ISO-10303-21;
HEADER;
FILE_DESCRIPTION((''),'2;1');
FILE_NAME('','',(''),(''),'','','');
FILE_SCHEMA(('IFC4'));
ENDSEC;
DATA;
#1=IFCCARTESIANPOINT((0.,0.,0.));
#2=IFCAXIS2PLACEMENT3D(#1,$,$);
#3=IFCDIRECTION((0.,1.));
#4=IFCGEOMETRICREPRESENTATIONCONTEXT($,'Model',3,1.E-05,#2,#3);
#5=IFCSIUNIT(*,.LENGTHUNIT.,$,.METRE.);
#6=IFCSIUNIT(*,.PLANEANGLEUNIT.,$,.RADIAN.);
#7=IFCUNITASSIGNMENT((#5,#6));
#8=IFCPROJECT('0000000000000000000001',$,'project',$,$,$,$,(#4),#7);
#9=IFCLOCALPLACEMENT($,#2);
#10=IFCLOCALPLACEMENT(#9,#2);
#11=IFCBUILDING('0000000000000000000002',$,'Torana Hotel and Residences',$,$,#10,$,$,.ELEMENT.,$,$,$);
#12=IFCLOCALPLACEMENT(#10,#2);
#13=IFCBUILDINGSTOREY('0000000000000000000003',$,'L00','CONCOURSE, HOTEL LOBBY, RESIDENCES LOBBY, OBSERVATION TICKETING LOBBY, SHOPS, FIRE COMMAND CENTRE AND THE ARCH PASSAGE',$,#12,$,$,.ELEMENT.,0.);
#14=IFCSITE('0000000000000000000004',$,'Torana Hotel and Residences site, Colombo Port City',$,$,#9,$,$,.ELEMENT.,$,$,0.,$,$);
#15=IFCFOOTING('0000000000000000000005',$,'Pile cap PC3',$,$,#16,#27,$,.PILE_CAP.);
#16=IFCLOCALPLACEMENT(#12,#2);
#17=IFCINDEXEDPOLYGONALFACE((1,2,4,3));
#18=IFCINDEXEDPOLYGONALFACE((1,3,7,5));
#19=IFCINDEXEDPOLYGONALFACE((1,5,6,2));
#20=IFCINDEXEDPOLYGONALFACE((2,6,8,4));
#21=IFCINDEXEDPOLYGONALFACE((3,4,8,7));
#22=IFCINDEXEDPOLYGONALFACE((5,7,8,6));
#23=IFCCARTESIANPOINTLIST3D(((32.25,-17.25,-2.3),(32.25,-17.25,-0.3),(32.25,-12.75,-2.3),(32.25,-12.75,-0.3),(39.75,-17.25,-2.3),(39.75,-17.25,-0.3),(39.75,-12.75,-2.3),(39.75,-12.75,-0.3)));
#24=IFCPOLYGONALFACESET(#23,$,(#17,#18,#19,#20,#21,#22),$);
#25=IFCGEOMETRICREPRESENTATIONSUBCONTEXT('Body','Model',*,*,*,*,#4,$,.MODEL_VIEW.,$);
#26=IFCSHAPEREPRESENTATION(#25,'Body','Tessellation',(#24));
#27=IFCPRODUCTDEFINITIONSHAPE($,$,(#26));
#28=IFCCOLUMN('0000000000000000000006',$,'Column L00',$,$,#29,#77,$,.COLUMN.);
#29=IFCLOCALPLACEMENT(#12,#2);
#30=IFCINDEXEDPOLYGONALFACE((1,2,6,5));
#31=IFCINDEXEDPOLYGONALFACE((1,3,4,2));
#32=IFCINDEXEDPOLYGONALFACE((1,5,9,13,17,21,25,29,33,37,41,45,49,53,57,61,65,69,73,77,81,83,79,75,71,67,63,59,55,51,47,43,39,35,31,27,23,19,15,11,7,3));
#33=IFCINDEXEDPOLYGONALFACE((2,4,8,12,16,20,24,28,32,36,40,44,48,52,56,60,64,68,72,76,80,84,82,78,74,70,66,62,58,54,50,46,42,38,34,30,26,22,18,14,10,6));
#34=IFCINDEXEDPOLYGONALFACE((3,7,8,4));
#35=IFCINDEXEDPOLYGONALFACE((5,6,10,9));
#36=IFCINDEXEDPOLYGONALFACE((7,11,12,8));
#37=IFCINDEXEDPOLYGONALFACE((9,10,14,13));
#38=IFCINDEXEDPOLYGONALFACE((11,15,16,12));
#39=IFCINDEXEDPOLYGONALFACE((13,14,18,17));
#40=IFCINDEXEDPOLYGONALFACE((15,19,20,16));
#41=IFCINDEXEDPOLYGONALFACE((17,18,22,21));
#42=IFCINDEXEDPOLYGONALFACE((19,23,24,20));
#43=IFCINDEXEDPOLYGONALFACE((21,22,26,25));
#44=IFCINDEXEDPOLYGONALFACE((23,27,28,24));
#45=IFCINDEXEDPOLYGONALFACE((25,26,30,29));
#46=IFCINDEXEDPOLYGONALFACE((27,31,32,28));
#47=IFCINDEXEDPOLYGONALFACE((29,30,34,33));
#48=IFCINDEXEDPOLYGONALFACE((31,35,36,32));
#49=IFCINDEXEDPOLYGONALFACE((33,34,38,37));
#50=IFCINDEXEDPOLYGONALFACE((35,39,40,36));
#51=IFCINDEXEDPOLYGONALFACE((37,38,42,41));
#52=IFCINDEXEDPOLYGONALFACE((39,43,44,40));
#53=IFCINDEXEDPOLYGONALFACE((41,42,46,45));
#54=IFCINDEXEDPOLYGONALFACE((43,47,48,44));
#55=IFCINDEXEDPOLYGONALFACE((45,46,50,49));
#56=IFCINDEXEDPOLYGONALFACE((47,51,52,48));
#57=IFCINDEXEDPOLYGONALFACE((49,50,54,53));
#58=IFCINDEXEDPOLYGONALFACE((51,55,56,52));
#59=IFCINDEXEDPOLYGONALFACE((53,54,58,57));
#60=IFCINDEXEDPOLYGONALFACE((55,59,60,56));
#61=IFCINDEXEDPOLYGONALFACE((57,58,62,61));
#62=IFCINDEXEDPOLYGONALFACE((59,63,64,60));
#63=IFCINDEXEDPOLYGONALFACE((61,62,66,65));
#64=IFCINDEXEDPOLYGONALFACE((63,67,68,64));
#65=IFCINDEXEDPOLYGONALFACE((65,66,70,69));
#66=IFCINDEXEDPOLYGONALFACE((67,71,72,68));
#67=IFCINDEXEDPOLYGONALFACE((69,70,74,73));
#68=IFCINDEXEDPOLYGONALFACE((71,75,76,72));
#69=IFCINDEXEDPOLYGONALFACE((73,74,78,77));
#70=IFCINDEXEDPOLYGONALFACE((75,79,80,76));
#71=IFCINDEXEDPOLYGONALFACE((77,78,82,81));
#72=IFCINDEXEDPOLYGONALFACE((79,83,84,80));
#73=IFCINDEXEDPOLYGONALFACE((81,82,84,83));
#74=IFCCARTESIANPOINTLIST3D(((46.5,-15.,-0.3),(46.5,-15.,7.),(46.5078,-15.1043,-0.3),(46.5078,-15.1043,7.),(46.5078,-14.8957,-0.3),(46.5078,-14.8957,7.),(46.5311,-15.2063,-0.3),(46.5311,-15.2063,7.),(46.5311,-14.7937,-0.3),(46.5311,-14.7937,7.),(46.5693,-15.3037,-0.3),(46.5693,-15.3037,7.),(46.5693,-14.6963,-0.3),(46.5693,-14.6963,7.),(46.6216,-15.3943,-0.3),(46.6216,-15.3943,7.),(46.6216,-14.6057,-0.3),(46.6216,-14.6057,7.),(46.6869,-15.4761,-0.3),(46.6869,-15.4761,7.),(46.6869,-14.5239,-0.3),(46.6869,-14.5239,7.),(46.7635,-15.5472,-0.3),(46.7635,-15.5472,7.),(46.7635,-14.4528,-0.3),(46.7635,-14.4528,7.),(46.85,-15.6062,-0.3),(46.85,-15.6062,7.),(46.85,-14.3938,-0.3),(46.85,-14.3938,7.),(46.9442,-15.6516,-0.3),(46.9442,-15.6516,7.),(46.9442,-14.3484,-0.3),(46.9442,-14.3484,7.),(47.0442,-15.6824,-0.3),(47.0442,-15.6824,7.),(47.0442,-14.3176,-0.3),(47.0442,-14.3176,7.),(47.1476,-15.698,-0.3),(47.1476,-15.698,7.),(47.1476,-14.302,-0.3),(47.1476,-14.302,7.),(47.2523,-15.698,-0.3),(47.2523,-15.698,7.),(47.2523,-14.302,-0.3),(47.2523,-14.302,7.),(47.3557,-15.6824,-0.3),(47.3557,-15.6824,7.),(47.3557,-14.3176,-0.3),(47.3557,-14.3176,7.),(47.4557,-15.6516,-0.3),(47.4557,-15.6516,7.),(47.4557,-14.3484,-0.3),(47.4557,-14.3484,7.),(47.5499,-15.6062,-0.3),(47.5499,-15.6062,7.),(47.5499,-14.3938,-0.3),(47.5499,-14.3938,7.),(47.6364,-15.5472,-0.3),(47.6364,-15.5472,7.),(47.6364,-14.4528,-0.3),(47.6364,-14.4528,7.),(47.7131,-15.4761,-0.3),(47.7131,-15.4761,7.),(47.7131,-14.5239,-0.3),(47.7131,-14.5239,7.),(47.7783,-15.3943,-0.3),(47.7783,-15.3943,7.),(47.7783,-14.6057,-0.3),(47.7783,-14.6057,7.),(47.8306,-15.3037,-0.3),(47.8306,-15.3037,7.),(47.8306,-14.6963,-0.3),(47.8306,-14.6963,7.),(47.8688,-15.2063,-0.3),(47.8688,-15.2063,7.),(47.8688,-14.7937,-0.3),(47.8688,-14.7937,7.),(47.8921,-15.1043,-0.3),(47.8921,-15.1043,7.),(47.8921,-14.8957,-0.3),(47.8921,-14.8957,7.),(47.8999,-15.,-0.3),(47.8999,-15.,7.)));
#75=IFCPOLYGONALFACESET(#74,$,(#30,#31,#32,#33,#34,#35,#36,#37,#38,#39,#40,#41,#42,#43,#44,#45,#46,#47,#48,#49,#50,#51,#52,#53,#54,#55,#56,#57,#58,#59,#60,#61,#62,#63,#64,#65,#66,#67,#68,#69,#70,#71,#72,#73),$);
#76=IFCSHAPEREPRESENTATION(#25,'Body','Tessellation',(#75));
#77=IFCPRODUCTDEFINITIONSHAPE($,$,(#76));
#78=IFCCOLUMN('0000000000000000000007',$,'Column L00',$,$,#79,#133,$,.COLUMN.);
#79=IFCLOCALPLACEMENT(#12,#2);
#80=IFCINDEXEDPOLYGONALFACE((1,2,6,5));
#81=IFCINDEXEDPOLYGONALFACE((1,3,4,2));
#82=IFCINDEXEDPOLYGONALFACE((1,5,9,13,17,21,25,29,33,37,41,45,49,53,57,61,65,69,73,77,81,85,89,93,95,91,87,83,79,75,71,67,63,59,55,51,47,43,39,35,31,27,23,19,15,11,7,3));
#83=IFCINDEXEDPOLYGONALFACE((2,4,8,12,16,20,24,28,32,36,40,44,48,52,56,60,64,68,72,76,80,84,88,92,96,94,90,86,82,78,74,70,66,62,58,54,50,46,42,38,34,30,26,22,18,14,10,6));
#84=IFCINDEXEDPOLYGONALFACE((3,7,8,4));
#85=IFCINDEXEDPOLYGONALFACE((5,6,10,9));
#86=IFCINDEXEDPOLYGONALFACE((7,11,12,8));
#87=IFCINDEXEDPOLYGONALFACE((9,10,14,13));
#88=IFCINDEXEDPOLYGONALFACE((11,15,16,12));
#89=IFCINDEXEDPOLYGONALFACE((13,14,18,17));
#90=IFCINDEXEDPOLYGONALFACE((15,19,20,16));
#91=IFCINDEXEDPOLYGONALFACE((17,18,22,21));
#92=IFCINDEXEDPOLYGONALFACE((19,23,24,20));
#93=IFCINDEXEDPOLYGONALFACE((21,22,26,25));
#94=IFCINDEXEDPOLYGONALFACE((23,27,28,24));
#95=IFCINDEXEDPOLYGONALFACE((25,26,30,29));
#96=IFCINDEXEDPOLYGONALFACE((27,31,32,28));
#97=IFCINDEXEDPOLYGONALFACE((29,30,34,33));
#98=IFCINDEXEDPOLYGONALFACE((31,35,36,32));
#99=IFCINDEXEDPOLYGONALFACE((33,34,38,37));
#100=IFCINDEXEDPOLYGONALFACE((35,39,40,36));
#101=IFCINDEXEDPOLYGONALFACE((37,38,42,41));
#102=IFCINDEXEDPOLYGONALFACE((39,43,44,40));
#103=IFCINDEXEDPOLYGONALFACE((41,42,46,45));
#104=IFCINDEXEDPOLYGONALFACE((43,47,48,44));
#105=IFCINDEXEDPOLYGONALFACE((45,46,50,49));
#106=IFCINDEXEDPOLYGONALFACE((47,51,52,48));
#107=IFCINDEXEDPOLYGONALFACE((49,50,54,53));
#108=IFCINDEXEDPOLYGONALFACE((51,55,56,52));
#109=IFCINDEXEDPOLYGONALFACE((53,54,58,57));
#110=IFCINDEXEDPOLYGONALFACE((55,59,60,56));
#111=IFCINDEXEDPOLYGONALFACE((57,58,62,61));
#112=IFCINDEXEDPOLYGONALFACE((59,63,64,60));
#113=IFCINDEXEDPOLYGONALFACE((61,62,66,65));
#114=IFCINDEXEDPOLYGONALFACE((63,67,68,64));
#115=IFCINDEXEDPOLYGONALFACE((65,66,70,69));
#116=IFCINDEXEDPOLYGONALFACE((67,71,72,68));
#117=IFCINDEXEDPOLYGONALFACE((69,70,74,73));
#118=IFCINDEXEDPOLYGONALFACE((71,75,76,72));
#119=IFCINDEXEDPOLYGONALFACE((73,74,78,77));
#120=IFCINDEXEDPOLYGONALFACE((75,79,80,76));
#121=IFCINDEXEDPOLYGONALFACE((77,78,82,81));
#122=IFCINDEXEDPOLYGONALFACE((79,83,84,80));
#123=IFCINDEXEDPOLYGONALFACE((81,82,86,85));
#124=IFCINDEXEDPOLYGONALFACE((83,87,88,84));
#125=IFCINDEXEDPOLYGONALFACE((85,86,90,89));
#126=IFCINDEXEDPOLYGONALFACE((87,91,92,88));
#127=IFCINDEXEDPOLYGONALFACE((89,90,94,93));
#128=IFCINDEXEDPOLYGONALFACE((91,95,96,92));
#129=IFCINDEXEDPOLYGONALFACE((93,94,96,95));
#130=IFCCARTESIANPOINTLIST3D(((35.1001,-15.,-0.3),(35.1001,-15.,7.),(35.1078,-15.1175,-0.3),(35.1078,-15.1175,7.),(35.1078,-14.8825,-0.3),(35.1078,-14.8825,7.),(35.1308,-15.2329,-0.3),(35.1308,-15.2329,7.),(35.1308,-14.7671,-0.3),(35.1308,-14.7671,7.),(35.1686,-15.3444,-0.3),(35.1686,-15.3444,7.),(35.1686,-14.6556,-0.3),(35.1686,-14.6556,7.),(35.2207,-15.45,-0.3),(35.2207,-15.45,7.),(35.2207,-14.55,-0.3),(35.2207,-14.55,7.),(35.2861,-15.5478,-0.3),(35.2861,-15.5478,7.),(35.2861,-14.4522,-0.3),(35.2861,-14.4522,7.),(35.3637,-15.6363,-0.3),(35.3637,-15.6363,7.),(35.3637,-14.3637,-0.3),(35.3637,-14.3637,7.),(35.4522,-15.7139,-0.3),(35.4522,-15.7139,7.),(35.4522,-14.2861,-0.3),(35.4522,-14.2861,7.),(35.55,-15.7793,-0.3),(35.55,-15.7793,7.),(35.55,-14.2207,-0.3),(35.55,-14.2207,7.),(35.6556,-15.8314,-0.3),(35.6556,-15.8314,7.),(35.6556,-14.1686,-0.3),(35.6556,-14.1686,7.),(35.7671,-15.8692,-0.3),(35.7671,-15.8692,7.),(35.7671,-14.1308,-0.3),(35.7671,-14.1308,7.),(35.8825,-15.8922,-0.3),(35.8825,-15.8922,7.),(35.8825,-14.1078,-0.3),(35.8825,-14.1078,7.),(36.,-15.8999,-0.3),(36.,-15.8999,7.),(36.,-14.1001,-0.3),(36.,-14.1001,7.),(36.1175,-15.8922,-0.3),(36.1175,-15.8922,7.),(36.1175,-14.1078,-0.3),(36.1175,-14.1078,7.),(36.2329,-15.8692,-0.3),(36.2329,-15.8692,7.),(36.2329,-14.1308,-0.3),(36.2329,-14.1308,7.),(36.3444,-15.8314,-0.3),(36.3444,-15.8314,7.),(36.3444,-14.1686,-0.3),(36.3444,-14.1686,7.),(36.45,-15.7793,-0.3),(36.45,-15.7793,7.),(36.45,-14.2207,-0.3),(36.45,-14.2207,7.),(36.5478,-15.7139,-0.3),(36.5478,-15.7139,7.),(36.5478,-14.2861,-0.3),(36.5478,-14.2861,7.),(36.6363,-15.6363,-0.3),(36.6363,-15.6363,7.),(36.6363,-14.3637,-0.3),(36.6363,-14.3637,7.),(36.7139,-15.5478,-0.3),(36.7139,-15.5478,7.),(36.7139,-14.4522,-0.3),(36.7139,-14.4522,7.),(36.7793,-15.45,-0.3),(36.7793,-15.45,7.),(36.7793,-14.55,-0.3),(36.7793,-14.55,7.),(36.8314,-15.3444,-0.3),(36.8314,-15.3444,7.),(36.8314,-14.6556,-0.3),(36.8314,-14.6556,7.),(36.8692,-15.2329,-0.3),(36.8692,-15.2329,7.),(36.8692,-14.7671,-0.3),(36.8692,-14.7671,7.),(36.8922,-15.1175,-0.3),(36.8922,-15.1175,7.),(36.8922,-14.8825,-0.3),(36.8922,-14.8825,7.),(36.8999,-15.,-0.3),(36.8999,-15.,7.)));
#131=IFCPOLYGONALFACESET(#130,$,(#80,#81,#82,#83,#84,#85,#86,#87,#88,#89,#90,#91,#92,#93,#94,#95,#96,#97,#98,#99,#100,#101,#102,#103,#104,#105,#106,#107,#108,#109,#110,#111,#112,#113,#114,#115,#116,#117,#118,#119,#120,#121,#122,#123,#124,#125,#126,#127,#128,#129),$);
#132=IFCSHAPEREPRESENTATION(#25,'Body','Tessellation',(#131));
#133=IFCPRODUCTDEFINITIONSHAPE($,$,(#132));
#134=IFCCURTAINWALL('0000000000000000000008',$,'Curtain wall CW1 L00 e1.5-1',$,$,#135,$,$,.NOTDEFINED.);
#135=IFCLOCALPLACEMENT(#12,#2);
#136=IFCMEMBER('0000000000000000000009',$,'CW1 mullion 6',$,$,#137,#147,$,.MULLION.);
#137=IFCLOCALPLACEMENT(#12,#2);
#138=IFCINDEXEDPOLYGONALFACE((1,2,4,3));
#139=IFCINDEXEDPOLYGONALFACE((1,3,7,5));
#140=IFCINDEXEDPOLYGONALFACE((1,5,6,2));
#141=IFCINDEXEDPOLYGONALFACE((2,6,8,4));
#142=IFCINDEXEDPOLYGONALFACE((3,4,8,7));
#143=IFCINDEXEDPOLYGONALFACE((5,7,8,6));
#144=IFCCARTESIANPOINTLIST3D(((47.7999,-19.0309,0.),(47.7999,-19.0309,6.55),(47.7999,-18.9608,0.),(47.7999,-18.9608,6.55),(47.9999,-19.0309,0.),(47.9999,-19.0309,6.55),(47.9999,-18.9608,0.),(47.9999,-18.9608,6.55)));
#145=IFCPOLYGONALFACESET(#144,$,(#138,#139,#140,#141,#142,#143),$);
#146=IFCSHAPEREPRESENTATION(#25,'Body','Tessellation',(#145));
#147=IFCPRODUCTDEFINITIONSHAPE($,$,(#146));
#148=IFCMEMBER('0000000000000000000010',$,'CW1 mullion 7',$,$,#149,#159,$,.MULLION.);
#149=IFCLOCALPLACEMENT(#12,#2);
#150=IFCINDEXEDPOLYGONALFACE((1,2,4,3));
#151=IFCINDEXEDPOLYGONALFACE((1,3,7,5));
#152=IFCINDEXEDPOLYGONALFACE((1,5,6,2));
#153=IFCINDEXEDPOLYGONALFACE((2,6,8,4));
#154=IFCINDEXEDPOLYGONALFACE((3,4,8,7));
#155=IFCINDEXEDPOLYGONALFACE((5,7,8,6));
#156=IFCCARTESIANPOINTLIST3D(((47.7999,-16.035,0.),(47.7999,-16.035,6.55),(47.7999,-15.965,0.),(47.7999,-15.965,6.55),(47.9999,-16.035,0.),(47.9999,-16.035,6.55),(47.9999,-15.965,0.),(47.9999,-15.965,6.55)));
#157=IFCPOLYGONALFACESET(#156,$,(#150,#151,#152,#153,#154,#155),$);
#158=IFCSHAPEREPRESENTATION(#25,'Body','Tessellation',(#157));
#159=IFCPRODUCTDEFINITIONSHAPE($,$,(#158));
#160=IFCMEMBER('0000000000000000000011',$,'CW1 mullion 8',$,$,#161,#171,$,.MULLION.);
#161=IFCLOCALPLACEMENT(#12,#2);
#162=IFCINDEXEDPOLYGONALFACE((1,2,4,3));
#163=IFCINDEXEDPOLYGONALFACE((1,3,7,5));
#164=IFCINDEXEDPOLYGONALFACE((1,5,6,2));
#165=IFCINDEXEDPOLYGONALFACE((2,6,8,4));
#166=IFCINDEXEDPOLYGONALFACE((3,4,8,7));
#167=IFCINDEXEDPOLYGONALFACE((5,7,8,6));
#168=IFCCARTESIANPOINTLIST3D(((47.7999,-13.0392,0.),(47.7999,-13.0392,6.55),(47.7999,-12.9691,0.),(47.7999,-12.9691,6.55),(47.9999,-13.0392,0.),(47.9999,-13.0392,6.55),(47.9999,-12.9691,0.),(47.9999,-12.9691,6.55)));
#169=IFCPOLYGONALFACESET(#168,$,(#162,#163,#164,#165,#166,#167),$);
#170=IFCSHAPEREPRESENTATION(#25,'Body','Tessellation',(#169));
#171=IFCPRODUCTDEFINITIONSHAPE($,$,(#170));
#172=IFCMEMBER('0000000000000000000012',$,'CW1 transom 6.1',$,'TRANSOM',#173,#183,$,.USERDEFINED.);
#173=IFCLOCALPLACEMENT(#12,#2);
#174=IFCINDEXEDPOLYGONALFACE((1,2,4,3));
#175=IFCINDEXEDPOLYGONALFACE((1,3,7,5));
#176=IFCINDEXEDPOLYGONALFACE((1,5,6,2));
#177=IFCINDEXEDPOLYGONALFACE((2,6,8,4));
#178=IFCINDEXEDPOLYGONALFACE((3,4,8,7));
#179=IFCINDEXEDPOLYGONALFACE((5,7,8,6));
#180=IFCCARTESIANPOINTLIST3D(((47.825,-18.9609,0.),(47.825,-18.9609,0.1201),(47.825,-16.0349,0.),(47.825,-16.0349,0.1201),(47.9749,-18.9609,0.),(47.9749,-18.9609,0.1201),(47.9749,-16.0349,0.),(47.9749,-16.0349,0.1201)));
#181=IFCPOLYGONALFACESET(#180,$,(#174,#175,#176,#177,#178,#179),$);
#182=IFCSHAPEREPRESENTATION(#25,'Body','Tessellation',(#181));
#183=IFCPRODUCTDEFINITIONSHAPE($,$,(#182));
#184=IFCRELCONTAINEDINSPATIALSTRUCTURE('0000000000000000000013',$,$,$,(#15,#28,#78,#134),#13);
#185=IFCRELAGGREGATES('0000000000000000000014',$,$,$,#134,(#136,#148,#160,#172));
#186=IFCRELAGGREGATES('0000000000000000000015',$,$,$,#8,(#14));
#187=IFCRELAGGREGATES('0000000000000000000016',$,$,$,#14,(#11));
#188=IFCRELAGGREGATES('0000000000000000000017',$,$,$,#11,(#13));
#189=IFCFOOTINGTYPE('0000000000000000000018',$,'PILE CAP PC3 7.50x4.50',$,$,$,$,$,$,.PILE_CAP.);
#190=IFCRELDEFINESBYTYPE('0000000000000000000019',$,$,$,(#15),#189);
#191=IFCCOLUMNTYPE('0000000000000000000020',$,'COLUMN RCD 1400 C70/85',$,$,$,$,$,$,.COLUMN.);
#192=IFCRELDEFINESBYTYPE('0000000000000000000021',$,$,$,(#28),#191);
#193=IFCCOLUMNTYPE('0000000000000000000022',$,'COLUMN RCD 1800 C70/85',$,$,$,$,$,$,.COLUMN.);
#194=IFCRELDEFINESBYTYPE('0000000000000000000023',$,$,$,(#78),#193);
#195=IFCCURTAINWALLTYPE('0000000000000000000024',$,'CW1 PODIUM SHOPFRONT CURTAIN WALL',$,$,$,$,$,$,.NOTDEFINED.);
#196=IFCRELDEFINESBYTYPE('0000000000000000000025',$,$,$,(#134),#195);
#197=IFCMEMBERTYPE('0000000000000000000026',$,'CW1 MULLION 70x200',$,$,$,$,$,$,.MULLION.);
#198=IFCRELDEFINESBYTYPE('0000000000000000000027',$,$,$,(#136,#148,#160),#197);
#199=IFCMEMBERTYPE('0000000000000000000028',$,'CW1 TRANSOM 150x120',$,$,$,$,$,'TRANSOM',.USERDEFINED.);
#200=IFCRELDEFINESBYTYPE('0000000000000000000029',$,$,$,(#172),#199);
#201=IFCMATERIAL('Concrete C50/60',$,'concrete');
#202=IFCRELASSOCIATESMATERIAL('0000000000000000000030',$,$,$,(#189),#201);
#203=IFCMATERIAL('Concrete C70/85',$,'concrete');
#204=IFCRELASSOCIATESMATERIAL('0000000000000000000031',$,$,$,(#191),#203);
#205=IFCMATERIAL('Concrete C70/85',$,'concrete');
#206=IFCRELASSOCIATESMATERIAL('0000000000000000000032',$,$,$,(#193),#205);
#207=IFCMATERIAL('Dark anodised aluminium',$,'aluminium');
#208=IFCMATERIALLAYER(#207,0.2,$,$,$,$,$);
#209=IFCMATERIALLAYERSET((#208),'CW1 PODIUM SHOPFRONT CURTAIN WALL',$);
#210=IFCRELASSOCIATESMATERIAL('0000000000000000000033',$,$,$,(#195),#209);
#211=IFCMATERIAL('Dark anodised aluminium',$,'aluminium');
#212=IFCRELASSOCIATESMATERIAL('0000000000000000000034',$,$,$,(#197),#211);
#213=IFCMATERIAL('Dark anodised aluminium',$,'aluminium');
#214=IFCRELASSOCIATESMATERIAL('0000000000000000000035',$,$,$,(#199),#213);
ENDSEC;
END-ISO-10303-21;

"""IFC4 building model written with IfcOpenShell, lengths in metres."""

from ifc_helpers import new_model, si_unit, direction, frame, origin, origin_2d, place, context, subcontext, project, spatial, rectangle, circle, extrude, material, layer, layer_set, material_profile, profile_set, type_object, element, aggregate, save


model = new_model("IFC4")

# Units and contexts
model_context = context("Model", 3, precision=1e-05, world=origin(), true_north=direction((0.0, 1.0)))
body_context = subcontext(model_context, "Body", "Model", "MODEL_VIEW")
ifc_project = project(units=[si_unit("LENGTHUNIT", "METRE"), si_unit("PLANEANGLEUNIT", "RADIAN")], contexts=[model_context])

# Site, building, storey
site_placement = place(None, origin())
site = spatial("IfcSite", under=ifc_project, at=site_placement, Name="Torana Hotel and Residences site, Colombo Port City", CompositionType="ELEMENT", RefElevation=0.0)
building_placement = place(site_placement, origin())
building = spatial("IfcBuilding", under=site, at=building_placement, Name="Torana Hotel and Residences", CompositionType="ELEMENT")
storey_placement = place(building_placement, origin())
storey = spatial("IfcBuildingStorey", under=building, at=storey_placement, Name="L00", Description="CONCOURSE, HOTEL LOBBY, RESIDENCES LOBBY, OBSERVATION TICKETING LOBBY, SHOPS, FIRE COMMAND CENTRE AND THE ARCH PASSAGE", CompositionType="ELEMENT", Elevation=0.0)

# Footing
ifc_material_1 = material(Name="Concrete C50/60", Category="concrete")
footing_type_1 = type_object("IfcFootingType", Name="PILE CAP PC3 7.50x4.50", PredefinedType="PILE_CAP", material=ifc_material_1)
footing_1_placement = place(storey_placement, frame((36.0, -15.0, -2.3), z_axis=(0.0, 0.0, 1.0), x_axis=(1.0, 0.0, 0.0)))
element("IfcFooting", 1, at=footing_1_placement, inside=storey, type_object=footing_type_1, Name="Pile cap PC3", PredefinedType="PILE_CAP", context=body_context, shape_type="SweptSolid", body=[
    extrude(rectangle(XDim=7.5, YDim=4.5, at=origin_2d()), origin(), (0.0, 0.0, 1.0), 2.0),
])

# Columns
ifc_material_2 = material(Name="Concrete C70/85", Category="concrete")
ifc_material_profile_1 = material_profile(ifc_material_2, circle(Radius=0.7, at=origin_2d()), Name="RCD 1400")
ifc_profile_set_1 = profile_set([ifc_material_profile_1], Name="Concrete C70/85")
column_type_1 = type_object("IfcColumnType", Name="COLUMN RCD 1400 C70/85", PredefinedType="COLUMN", material=ifc_profile_set_1)
column_1_placement = place(storey_placement, frame((47.2, -15.0, -0.3), z_axis=(0.0, 0.0, 1.0), x_axis=(1.0, 0.0, 0.0)))
element("IfcColumn", 2, at=column_1_placement, inside=storey, type_object=column_type_1, Name="Column L00", PredefinedType="COLUMN", context=body_context, shape_type="SweptSolid", body=[
    extrude(circle(Radius=0.7, at=origin_2d()), origin(), (0.0, 0.0, 1.0), 7.3),
])
ifc_material_3 = material(Name="Concrete C70/85", Category="concrete")
ifc_material_profile_2 = material_profile(ifc_material_3, circle(Radius=0.8999, at=origin_2d()), Name="RCD 1800")
ifc_profile_set_2 = profile_set([ifc_material_profile_2], Name="Concrete C70/85")
column_type_2 = type_object("IfcColumnType", Name="COLUMN RCD 1800 C70/85", PredefinedType="COLUMN", material=ifc_profile_set_2)
column_2_placement = place(storey_placement, frame((36.0, -15.0, -0.3), z_axis=(0.0, 0.0, 1.0), x_axis=(1.0, 0.0, 0.0)))
element("IfcColumn", 3, at=column_2_placement, inside=storey, type_object=column_type_2, Name="Column L00", PredefinedType="COLUMN", context=body_context, shape_type="SweptSolid", body=[
    extrude(circle(Radius=0.8999, at=origin_2d()), origin(), (0.0, 0.0, 1.0), 7.3),
])

# Curtain wall, members
ifc_material_4 = material(Name="Dark anodised aluminium", Category="aluminium")
ifc_layer_1 = layer(ifc_material_4, 0.2)
ifc_layer_set_1 = layer_set([ifc_layer_1], Name="CW1 PODIUM SHOPFRONT CURTAIN WALL")
curtain_wall_type = type_object("IfcCurtainWallType", Name="CW1 PODIUM SHOPFRONT CURTAIN WALL", PredefinedType="NOTDEFINED", material=ifc_layer_set_1)
curtain_wall_placement = place(storey_placement, origin())
curtain_wall = element("IfcCurtainWall", 4, at=curtain_wall_placement, inside=storey, type_object=curtain_wall_type, Name="Curtain wall CW1 L00 e1.5-1", PredefinedType="NOTDEFINED")
ifc_material_5 = material(Name="Dark anodised aluminium", Category="aluminium")
ifc_material_profile_3 = material_profile(ifc_material_5, rectangle(XDim=0.2, YDim=0.0701, at=origin_2d()), Name="CW1 MULLION 70x200")
ifc_profile_set_3 = profile_set([ifc_material_profile_3], Name="Dark anodised aluminium")
member_type_1 = type_object("IfcMemberType", Name="CW1 MULLION 70x200", PredefinedType="MULLION", material=ifc_profile_set_3)
member_1_placement = place(storey_placement, frame((47.8999, -18.9958, 0.0), z_axis=(0.0, 0.0, 1.0), x_axis=(-1.0, 0.0, 0.0)))
member_1 = element("IfcMember", 5, at=member_1_placement, type_object=member_type_1, Name="CW1 mullion 6", PredefinedType="MULLION", context=body_context, shape_type="SweptSolid", body=[
    extrude(rectangle(XDim=0.2, YDim=0.0701, at=origin_2d()), origin(), (0.0, 0.0, 1.0), 6.55),
])
member_2_placement = place(storey_placement, frame((47.8999, -16.0, 0.0), z_axis=(0.0, 0.0, 1.0), x_axis=(-1.0, 0.0, 0.0)))
member_2 = element("IfcMember", 6, at=member_2_placement, type_object=member_type_1, Name="CW1 mullion 7", PredefinedType="MULLION", context=body_context, shape_type="SweptSolid", body=[
    extrude(rectangle(XDim=0.2, YDim=0.0701, at=origin_2d()), origin(), (0.0, 0.0, 1.0), 6.55),
])
member_3_placement = place(storey_placement, frame((47.8999, -13.0042, 0.0), z_axis=(0.0, 0.0, 1.0), x_axis=(-1.0, 0.0, 0.0)))
member_3 = element("IfcMember", 7, at=member_3_placement, type_object=member_type_1, Name="CW1 mullion 8", PredefinedType="MULLION", context=body_context, shape_type="SweptSolid", body=[
    extrude(rectangle(XDim=0.2, YDim=0.0701, at=origin_2d()), origin(), (0.0, 0.0, 1.0), 6.55),
])
ifc_material_6 = material(Name="Dark anodised aluminium", Category="aluminium")
ifc_material_profile_4 = material_profile(ifc_material_6, rectangle(XDim=0.1499, YDim=0.1201, at=origin_2d()), Name="CW1 TRANSOM 150x120")
ifc_profile_set_4 = profile_set([ifc_material_profile_4], Name="Dark anodised aluminium")
member_type_2 = type_object("IfcMemberType", Name="CW1 TRANSOM 150x120", ElementType="TRANSOM", PredefinedType="USERDEFINED", material=ifc_profile_set_4)
member_4_placement = place(storey_placement, frame((47.8999, -18.9609, 0.0601), z_axis=(0.0, 1.0, 0.0), x_axis=(-1.0, 0.0, 0.0)))
member_4 = element("IfcMember", 8, at=member_4_placement, type_object=member_type_2, Name="CW1 transom 6.1", ObjectType="TRANSOM", PredefinedType="USERDEFINED", context=body_context, shape_type="SweptSolid", body=[
    extrude(rectangle(XDim=0.1499, YDim=0.1201, at=origin_2d()), origin(), (0.0, 0.0, 1.0), 2.926),
])
aggregate(curtain_wall, [member_1, member_2, member_3, member_4])

save(model, "model.ifc")
